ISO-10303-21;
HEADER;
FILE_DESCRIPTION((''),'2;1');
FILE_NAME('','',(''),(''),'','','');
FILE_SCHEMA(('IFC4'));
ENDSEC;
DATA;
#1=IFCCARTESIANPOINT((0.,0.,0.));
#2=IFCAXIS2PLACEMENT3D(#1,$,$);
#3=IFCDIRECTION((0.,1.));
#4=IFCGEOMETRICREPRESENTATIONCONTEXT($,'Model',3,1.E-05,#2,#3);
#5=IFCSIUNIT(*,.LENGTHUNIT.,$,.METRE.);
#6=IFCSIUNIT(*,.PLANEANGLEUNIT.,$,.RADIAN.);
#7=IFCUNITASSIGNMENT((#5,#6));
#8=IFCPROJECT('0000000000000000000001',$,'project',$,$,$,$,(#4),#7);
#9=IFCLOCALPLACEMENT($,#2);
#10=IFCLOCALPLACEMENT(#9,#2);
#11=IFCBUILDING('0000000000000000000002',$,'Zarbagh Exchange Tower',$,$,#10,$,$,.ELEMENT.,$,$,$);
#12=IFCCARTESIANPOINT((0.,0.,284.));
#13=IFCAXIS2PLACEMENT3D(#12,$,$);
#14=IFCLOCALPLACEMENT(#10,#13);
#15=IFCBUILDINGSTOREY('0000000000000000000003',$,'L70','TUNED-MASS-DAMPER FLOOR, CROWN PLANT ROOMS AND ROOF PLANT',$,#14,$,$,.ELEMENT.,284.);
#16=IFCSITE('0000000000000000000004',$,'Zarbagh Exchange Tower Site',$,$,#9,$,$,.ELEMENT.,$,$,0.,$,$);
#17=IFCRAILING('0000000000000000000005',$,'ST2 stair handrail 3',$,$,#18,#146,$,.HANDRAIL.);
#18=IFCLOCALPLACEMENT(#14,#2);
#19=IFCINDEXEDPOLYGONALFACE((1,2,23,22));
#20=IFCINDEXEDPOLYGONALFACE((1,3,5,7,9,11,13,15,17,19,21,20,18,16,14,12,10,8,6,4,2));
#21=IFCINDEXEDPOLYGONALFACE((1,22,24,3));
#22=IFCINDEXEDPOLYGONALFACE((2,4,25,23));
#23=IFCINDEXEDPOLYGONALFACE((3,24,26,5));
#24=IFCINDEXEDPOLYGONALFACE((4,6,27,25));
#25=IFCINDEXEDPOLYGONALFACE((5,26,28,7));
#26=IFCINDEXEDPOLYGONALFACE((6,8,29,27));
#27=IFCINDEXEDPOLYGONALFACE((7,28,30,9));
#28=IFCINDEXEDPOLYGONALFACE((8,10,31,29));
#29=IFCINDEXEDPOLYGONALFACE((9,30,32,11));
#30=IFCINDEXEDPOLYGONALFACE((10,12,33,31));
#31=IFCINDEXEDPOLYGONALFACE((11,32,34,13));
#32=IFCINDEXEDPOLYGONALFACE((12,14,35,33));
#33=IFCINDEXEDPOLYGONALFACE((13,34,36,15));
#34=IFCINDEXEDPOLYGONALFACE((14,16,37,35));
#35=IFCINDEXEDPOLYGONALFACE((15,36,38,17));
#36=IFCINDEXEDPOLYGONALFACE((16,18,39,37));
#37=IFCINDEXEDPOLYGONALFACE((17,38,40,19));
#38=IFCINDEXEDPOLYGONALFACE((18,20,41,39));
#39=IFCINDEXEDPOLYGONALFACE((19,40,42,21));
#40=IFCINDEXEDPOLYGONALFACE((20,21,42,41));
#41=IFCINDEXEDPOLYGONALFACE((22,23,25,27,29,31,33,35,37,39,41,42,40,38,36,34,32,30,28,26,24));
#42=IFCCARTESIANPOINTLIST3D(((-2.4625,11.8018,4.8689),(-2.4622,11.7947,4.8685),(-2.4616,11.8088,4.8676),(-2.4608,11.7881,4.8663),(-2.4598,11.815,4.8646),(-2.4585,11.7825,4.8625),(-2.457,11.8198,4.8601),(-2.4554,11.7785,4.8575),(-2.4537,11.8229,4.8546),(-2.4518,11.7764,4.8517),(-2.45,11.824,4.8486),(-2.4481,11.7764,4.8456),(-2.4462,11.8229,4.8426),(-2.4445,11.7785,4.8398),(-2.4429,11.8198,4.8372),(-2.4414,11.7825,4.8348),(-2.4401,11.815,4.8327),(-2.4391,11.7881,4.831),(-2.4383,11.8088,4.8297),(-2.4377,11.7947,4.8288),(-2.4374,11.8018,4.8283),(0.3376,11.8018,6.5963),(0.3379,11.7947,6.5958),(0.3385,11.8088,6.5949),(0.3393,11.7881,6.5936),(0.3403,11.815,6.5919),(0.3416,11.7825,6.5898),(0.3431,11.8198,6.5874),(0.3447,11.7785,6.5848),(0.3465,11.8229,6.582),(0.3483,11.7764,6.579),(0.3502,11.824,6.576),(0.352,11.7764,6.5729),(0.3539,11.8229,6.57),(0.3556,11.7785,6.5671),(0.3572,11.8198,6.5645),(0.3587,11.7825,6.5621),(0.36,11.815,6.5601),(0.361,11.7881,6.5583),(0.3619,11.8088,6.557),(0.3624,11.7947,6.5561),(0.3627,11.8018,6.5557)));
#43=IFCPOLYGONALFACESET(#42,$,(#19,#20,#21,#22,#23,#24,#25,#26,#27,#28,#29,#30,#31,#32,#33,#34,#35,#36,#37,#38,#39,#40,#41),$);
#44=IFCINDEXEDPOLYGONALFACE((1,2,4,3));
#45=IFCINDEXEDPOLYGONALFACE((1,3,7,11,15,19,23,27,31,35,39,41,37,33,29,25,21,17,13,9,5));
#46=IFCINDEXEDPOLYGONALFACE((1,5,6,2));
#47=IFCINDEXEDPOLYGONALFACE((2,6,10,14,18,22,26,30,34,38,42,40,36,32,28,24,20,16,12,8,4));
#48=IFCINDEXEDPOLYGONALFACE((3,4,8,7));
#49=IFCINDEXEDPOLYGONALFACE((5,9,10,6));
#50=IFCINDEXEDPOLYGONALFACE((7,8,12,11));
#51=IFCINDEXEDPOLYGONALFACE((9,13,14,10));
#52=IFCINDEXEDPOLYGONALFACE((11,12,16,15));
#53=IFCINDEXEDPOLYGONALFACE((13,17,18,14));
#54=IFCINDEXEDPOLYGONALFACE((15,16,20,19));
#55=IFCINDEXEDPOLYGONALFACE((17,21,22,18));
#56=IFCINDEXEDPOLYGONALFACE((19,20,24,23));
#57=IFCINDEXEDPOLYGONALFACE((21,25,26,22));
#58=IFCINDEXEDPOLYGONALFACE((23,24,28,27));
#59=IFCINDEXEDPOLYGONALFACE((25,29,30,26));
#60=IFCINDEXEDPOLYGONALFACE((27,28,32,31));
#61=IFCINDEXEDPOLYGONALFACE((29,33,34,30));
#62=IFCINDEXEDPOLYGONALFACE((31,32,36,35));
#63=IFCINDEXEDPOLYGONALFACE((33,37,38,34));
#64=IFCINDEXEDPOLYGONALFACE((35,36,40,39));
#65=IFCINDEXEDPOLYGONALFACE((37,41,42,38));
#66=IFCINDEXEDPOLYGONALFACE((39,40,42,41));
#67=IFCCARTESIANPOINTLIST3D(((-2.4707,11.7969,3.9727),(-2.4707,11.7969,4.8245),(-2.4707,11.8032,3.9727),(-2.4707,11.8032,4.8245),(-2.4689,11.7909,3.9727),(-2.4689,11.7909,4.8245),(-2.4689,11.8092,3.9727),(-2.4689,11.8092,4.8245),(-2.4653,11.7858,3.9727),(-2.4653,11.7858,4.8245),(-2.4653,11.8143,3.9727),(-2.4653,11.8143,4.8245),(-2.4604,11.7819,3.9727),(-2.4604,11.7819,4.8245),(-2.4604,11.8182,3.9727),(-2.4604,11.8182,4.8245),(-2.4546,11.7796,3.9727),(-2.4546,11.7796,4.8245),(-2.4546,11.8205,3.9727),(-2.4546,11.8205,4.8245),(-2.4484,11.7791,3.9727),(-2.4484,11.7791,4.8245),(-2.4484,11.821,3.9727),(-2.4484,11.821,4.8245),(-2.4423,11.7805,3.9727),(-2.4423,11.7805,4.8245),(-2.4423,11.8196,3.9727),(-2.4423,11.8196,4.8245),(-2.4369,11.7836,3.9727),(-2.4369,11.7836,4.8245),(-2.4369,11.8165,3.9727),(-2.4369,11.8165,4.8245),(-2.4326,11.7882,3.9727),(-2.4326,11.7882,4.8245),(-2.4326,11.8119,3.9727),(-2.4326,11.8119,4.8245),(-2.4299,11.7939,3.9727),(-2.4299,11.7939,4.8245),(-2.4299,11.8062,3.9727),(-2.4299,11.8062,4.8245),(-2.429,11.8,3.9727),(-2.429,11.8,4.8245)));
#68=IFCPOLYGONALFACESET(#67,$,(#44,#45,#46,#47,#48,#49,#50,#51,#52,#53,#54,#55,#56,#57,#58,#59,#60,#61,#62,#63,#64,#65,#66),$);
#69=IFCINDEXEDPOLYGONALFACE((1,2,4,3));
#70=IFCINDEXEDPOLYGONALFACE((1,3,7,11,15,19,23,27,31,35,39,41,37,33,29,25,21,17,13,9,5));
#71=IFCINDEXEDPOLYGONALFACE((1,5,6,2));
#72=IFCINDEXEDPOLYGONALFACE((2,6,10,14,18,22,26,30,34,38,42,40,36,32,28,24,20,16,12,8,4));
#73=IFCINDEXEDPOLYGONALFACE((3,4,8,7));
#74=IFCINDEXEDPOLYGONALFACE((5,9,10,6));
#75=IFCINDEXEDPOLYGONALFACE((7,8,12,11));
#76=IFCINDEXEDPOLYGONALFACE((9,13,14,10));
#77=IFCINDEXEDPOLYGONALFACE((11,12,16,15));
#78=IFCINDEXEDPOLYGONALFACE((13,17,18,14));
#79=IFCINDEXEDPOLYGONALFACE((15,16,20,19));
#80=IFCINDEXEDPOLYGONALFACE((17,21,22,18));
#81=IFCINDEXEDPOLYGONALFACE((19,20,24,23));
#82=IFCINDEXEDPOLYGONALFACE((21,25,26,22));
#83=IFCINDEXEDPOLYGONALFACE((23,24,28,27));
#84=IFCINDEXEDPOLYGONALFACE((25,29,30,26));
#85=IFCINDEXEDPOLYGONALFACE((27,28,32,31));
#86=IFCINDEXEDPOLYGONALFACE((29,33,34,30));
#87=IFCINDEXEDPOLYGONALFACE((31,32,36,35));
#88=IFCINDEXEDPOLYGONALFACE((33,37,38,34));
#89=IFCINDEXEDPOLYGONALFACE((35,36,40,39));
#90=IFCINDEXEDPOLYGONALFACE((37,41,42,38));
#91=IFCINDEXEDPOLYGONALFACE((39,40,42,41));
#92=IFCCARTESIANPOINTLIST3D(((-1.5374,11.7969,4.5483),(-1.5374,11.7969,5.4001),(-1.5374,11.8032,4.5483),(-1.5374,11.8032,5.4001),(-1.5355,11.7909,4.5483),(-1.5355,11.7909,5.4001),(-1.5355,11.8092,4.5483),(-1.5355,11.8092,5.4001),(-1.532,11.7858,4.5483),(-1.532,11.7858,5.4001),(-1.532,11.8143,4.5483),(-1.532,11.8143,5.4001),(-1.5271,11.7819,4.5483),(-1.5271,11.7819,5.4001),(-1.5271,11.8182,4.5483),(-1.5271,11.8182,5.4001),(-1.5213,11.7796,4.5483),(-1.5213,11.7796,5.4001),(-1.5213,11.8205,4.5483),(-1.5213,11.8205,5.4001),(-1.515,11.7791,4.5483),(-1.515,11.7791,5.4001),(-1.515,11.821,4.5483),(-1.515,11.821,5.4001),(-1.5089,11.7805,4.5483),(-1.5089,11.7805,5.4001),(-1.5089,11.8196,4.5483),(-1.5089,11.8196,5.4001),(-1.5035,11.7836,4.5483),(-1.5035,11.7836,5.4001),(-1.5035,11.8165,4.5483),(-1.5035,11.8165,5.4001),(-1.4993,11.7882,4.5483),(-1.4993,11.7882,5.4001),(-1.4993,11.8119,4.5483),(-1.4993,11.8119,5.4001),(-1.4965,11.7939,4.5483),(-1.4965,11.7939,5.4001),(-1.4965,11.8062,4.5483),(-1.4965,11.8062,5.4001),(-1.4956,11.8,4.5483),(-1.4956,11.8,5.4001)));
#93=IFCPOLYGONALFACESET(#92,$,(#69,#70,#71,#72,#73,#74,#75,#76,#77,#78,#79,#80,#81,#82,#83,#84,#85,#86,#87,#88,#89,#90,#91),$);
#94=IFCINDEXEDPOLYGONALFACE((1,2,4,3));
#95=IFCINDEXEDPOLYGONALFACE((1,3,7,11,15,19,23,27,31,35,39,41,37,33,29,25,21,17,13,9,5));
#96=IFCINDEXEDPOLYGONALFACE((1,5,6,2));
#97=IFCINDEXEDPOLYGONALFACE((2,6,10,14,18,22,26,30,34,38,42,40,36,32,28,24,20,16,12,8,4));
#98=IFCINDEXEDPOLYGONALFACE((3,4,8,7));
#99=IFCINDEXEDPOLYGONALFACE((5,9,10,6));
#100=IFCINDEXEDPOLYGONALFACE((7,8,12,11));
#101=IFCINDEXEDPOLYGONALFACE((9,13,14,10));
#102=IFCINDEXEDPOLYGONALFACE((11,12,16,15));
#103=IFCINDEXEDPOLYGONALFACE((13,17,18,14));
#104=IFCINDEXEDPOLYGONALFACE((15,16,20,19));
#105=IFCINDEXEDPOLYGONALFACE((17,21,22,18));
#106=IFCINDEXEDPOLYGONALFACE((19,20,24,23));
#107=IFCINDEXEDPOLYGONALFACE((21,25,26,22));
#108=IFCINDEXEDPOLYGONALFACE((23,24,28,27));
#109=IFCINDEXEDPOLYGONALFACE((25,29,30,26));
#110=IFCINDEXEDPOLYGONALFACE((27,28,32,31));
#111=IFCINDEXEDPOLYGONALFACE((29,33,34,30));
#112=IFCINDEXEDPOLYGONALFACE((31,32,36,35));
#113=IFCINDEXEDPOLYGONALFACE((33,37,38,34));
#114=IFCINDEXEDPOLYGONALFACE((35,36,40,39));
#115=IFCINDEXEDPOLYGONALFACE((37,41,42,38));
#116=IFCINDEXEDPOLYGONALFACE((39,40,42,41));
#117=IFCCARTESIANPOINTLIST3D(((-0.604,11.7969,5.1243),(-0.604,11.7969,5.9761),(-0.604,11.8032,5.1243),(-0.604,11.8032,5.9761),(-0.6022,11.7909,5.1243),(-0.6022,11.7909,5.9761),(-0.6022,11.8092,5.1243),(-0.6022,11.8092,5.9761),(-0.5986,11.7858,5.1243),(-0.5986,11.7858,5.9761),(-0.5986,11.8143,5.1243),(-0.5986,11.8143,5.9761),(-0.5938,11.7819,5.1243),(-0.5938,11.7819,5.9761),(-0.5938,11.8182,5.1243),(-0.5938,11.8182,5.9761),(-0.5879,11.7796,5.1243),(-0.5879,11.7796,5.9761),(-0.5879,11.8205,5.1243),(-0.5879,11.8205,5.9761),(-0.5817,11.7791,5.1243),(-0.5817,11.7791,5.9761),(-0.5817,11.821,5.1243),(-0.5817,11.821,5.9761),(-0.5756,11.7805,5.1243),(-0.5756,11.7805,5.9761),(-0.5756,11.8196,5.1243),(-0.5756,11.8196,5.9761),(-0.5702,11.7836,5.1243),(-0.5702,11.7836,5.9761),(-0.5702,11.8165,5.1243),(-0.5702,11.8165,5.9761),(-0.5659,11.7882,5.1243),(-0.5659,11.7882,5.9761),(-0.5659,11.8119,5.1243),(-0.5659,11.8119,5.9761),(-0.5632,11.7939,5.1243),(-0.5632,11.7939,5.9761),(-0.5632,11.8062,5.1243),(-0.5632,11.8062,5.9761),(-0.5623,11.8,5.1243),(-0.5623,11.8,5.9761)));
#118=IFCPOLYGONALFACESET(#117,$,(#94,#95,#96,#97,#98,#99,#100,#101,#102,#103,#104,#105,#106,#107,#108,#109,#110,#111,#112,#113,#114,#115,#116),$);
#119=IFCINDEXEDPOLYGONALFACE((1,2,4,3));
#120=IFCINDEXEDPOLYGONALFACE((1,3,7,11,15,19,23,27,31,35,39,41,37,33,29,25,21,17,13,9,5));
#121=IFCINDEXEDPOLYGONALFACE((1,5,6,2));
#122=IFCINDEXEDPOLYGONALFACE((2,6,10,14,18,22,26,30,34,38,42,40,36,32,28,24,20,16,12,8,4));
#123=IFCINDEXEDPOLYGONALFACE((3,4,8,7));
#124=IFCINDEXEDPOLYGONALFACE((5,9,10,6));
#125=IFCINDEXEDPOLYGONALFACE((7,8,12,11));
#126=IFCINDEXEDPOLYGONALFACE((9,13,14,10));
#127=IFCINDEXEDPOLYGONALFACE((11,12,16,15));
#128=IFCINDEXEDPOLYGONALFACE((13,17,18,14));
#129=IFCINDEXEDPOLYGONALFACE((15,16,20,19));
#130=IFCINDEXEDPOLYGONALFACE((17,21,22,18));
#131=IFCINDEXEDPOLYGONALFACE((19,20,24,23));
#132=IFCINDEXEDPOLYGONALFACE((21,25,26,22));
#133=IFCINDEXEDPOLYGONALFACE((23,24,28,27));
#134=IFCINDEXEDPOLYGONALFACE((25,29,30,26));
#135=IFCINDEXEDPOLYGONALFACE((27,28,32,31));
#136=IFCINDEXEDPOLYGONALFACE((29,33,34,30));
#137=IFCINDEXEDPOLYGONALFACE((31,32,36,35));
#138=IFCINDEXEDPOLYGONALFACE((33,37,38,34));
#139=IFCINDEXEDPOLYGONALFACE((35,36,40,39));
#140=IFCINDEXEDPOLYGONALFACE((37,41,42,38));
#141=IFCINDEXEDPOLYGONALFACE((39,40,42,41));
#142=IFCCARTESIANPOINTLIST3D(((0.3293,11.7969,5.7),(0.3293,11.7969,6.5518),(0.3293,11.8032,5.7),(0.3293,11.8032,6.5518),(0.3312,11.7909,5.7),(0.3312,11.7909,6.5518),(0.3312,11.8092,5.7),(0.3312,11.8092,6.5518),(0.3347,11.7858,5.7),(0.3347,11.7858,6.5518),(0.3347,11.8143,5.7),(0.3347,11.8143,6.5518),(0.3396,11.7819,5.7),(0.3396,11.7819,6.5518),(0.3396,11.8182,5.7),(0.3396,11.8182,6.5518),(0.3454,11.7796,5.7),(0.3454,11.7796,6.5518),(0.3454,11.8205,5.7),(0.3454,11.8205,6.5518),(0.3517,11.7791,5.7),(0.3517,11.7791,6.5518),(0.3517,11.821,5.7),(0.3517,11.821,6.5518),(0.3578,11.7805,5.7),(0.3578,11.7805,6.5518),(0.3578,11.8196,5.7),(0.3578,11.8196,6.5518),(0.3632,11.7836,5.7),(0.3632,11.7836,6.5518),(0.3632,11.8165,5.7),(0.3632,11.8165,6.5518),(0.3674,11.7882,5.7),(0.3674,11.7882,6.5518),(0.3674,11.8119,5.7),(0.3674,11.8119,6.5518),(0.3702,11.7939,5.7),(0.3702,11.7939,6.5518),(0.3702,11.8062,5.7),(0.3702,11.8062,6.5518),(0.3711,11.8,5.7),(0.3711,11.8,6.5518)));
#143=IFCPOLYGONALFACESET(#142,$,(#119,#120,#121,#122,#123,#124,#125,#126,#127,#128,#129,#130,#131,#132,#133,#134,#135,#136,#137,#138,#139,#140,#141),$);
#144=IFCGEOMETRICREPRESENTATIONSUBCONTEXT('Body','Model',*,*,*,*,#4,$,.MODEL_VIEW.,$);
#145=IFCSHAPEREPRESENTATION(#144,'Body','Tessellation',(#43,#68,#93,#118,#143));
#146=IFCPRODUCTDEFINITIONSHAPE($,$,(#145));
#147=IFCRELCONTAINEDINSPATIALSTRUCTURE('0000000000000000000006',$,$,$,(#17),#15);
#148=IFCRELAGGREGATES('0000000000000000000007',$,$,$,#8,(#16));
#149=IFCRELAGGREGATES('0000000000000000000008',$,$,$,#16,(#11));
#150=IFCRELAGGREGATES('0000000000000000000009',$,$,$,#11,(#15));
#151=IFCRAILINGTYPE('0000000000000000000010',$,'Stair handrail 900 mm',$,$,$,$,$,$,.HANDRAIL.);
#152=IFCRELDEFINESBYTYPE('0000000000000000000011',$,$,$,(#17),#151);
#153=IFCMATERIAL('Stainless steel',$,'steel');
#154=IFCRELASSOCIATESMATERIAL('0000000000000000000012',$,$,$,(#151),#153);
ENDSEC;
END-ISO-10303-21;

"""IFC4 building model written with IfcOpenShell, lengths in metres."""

from ifc_helpers import new_model, si_unit, direction, frame, origin, origin_2d, place, context, subcontext, project, spatial, circle, extrude, material, type_object, element, save


model = new_model("IFC4")

# Units and contexts
model_context = context("Model", 3, precision=1e-05, world=origin(), true_north=direction((0.0, 1.0)))
body_context = subcontext(model_context, "Body", "Model", "MODEL_VIEW")
ifc_project = project(units=[si_unit("LENGTHUNIT", "METRE"), si_unit("PLANEANGLEUNIT", "RADIAN")], contexts=[model_context])

# Site, building, storey
site_placement = place(None, origin())
site = spatial("IfcSite", under=ifc_project, at=site_placement, Name="Zarbagh Exchange Tower Site", CompositionType="ELEMENT", RefElevation=0.0)
building_placement = place(site_placement, origin())
building = spatial("IfcBuilding", under=site, at=building_placement, Name="Zarbagh Exchange Tower", CompositionType="ELEMENT")
storey_placement = place(building_placement, frame((0.0, 0.0, 284.0)))
storey = spatial("IfcBuildingStorey", under=building, at=storey_placement, Name="L70", Description="TUNED-MASS-DAMPER FLOOR, CROWN PLANT ROOMS AND ROOF PLANT", CompositionType="ELEMENT", Elevation=284.0)

# Railing
ifc_material_1 = material(Name="Stainless steel", Category="steel")
railing_type_1 = type_object("IfcRailingType", Name="Stair handrail 900 mm", PredefinedType="HANDRAIL", material=ifc_material_1)
for number, where, name in (
    (1, (-2.45, 11.8, 3.9727), "ST2 stair handrail 3"),
):
    element("IfcRailing", number, at=place(storey_placement, frame(where)), inside=storey, type_object=railing_type_1, Name=name, PredefinedType="HANDRAIL", context=body_context, shape_type="SweptSolid", body=[
        extrude(circle(Radius=0.0239, at=origin_2d()), frame((0.0, 0.0, 0.876), z_axis=(0.85109, 0.0, 0.52502), x_axis=(0.0, 1.0, 0.0)), (0.0, 0.0, 1.0), 3.29),
        extrude(circle(Radius=0.021, at=origin_2d()), origin(), (0.0, 0.0, 1.0), 0.8518),
        extrude(circle(Radius=0.021, at=origin_2d()), frame((0.9333, 0.0, 0.5757)), (0.0, 0.0, 1.0), 0.8518),
        extrude(circle(Radius=0.021, at=origin_2d()), frame((1.8667, 0.0, 1.1516)), (0.0, 0.0, 1.0), 0.8518),
        extrude(circle(Radius=0.021, at=origin_2d()), frame((2.8, 0.0, 1.7273)), (0.0, 0.0, 1.0), 0.8518),
    ])

save(model, "model.ifc")
